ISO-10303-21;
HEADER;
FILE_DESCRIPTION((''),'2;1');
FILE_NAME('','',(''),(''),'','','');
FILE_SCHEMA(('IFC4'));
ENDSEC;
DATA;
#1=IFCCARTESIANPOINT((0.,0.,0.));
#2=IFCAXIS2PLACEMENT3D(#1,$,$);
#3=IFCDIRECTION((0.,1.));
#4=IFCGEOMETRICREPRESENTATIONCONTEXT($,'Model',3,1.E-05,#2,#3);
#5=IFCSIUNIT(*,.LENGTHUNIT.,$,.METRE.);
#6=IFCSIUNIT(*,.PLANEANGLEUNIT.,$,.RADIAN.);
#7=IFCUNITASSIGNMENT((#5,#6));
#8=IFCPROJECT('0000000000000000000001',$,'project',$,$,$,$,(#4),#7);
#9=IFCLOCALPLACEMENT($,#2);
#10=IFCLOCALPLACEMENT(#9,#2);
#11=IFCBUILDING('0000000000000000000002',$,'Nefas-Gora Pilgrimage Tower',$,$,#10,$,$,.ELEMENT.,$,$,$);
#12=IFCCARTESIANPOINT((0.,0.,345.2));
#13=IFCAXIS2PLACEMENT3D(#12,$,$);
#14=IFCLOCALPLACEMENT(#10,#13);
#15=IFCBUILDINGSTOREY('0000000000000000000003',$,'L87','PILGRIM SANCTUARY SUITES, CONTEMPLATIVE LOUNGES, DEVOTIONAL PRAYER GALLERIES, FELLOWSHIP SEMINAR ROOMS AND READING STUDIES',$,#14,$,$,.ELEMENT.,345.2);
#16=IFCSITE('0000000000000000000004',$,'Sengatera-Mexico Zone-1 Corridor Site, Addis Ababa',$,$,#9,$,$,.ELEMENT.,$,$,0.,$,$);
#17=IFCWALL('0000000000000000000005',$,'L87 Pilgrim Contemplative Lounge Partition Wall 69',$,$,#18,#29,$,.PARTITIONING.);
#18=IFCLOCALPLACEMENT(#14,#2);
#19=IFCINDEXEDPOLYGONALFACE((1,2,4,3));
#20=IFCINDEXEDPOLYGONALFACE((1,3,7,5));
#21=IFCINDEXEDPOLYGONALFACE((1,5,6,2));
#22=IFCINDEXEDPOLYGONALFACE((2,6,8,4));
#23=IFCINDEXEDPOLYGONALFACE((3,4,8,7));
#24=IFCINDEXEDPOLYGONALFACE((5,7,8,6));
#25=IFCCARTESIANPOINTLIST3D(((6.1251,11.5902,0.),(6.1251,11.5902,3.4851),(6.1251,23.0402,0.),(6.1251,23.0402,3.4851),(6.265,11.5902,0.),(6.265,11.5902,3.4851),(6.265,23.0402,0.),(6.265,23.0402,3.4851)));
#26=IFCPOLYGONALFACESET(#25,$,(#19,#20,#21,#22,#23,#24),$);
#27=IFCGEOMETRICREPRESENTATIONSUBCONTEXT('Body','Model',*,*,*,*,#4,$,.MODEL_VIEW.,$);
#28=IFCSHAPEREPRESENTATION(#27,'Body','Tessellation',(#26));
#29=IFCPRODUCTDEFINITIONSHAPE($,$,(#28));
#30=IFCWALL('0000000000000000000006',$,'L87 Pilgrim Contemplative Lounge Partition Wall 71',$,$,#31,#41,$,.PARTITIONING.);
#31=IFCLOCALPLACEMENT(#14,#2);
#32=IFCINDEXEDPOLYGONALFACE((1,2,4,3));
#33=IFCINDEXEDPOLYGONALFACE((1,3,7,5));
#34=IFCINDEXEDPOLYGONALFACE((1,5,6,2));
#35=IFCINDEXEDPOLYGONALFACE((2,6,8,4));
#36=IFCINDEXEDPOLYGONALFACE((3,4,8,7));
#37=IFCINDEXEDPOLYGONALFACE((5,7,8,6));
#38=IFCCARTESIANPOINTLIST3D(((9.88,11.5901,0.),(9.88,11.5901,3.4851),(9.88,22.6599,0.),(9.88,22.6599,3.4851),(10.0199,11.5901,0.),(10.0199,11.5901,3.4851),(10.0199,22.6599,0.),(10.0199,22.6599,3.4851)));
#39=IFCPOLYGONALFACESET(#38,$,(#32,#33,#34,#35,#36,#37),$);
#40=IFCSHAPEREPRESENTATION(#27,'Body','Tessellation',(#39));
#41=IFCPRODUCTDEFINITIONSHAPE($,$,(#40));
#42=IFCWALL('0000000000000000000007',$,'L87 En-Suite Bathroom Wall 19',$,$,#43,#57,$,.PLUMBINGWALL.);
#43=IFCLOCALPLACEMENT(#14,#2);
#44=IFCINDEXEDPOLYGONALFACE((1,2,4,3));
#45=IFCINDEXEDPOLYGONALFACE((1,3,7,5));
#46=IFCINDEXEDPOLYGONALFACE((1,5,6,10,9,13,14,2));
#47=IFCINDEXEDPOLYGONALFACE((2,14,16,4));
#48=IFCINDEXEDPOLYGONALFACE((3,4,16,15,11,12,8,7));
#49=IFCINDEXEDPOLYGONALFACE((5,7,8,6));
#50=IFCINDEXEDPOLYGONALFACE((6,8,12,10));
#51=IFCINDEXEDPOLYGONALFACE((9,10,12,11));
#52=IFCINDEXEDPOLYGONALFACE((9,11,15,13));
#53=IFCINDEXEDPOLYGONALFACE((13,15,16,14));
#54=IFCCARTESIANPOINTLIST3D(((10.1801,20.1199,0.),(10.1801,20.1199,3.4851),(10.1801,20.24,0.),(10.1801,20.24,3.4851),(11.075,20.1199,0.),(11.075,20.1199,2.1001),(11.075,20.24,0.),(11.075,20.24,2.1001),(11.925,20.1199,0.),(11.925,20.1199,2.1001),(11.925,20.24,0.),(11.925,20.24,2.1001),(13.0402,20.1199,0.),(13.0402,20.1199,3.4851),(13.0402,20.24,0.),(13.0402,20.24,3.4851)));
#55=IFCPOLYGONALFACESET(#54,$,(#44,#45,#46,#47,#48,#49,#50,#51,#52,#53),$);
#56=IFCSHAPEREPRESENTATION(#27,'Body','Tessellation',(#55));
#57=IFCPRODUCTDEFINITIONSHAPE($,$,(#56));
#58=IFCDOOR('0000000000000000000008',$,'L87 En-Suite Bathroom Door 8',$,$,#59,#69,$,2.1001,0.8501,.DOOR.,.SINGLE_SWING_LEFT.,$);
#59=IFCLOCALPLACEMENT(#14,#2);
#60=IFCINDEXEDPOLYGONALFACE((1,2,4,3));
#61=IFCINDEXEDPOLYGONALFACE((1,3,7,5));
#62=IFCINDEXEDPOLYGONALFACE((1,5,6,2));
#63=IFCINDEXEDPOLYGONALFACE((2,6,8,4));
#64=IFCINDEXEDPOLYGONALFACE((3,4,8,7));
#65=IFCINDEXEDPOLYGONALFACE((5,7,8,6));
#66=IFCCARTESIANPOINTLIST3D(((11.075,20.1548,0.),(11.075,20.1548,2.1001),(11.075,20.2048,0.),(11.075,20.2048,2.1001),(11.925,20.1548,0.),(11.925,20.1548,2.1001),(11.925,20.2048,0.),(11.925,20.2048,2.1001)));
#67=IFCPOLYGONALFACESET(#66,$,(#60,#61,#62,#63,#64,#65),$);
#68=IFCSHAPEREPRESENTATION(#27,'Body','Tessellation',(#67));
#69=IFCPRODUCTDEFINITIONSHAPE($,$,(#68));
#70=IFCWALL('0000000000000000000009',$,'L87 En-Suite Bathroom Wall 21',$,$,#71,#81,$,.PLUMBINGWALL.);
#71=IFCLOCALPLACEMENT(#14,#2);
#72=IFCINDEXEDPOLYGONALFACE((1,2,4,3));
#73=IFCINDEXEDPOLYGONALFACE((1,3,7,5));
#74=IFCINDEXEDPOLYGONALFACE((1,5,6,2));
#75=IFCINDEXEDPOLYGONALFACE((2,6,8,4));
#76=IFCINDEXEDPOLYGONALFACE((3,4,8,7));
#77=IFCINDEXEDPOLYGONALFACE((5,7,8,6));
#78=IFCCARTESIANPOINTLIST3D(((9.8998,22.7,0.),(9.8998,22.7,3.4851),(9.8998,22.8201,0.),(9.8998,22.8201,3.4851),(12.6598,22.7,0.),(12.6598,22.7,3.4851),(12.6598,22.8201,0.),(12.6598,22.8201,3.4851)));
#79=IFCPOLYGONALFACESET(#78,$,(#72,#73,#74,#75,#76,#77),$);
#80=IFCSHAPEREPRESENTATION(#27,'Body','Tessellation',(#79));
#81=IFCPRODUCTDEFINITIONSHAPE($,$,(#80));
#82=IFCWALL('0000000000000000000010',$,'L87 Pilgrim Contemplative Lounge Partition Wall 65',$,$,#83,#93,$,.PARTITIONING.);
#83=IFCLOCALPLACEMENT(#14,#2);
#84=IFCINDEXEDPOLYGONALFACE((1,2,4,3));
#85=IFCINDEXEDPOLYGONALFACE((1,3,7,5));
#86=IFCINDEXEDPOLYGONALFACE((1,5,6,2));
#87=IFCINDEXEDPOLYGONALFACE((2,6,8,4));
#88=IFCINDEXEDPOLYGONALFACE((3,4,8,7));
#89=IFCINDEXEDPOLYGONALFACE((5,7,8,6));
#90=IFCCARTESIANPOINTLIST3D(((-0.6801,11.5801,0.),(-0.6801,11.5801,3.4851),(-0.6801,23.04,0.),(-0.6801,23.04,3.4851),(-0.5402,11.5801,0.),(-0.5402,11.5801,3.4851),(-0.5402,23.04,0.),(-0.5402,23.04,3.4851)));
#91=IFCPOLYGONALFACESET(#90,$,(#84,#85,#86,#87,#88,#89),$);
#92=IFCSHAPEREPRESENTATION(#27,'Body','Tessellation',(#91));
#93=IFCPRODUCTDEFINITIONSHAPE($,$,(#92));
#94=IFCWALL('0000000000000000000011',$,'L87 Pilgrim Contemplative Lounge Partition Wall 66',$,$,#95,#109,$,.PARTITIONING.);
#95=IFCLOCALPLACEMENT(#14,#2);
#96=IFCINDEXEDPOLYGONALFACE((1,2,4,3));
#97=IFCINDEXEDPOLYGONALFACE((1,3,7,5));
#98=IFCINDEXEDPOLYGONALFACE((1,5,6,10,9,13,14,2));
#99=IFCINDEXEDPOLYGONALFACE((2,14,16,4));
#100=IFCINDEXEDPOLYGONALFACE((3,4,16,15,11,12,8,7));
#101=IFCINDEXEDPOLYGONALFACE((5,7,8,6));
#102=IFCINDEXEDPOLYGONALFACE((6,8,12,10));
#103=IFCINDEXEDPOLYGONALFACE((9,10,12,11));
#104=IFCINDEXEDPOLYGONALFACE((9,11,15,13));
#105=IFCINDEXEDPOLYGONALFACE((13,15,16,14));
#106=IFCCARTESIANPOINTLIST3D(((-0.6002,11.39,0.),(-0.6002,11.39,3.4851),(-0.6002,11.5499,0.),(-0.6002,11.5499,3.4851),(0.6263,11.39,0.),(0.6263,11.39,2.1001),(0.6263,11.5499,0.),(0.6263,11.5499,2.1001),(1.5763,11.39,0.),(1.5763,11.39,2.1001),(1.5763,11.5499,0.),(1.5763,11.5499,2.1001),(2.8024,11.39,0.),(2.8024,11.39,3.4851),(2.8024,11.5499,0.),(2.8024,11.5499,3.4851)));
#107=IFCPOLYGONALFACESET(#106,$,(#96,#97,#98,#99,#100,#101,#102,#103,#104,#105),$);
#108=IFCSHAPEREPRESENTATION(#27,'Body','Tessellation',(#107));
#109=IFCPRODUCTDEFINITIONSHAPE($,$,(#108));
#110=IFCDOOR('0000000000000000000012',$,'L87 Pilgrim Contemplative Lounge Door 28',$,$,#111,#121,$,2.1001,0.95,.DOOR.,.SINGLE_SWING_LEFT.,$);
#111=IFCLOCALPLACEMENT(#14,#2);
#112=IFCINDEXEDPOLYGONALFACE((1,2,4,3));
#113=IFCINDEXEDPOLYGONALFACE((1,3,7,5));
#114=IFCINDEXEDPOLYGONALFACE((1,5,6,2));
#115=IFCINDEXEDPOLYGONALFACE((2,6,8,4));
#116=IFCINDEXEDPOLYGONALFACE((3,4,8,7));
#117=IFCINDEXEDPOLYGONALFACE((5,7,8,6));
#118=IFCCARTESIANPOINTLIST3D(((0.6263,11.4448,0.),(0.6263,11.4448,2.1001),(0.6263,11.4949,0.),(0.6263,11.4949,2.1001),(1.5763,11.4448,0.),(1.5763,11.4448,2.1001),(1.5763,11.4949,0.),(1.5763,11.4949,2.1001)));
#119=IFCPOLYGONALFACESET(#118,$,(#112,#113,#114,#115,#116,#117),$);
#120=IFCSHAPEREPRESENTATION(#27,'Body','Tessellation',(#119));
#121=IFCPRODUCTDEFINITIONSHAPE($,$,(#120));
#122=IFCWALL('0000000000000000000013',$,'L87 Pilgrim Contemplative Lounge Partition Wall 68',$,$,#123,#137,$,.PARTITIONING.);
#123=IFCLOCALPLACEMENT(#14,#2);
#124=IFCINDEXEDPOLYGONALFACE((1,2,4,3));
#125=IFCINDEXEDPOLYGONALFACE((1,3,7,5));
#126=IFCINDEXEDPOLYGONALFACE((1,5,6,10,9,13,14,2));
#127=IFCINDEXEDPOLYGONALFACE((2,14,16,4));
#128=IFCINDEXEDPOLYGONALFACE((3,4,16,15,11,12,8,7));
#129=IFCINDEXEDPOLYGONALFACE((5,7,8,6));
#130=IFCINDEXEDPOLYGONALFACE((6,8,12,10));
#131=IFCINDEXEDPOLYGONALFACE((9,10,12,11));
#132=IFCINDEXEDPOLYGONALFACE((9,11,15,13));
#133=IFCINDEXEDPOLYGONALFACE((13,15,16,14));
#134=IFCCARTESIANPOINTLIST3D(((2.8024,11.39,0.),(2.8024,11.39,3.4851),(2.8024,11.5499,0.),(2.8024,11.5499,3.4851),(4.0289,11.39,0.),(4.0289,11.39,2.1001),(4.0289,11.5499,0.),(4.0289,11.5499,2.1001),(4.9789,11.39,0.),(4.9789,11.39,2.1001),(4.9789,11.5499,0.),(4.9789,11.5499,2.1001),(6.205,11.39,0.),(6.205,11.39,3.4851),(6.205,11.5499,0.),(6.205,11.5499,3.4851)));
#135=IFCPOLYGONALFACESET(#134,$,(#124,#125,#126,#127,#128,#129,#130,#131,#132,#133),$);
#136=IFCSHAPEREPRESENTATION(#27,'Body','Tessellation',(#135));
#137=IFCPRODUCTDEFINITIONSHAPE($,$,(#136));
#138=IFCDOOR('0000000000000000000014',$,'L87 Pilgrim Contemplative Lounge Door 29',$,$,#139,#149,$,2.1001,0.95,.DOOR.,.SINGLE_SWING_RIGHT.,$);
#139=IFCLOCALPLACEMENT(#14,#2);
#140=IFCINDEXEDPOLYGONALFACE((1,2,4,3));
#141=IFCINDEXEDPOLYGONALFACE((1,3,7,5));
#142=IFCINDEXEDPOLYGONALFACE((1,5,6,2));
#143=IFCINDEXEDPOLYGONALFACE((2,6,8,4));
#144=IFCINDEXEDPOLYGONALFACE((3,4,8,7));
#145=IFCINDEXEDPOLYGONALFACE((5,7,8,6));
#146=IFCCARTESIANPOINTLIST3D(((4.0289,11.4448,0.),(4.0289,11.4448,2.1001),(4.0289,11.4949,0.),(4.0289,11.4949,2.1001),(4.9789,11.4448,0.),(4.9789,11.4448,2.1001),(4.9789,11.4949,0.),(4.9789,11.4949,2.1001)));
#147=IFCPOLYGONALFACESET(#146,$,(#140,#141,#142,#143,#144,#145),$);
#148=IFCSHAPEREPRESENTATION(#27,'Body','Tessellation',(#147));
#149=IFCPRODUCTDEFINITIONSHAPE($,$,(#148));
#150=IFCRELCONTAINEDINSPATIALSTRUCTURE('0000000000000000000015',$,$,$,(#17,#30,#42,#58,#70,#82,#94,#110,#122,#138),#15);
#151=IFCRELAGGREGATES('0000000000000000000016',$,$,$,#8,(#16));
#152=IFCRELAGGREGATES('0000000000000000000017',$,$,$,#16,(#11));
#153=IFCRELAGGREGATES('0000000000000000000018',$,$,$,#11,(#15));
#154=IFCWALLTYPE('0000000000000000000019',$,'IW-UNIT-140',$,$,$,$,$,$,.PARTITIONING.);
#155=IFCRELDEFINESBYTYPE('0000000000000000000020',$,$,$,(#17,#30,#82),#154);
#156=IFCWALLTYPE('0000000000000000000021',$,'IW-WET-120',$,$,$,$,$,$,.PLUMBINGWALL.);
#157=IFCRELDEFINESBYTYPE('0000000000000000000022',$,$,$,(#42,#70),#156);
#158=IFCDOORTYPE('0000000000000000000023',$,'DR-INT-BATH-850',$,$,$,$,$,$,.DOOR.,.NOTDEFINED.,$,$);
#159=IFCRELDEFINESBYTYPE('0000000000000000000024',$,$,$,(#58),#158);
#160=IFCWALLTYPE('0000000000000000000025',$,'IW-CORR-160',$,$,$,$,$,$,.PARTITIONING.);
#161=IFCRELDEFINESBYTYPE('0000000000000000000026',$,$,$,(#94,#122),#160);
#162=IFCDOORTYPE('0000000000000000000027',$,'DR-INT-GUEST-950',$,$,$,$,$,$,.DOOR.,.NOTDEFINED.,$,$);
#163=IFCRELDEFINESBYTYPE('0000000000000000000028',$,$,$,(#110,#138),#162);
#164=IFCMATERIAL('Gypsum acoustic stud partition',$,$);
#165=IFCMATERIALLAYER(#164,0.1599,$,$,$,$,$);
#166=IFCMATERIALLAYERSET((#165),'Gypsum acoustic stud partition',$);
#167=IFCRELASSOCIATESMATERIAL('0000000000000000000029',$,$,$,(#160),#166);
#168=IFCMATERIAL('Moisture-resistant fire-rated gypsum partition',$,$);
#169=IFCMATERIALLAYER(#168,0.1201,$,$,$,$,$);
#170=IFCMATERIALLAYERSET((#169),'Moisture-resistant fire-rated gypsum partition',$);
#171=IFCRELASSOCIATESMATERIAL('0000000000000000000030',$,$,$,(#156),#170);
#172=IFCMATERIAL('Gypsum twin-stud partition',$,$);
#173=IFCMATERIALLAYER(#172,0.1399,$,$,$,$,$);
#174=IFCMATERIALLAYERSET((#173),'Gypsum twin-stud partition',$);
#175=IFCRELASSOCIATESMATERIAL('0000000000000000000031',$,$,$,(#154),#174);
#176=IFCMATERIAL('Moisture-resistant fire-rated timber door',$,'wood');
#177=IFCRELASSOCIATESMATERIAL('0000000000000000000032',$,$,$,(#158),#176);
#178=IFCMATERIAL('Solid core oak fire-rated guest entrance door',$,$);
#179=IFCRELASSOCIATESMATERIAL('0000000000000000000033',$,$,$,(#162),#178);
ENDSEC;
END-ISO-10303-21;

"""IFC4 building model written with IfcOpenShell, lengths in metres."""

from ifc_helpers import new_model, si_unit, direction, frame, frame_2d, origin, place, context, subcontext, project, spatial, rectangle, extrude, source, transform, mapped, material, layer, layer_set, type_object, element, fill, save


model = new_model("IFC4")

# Units and contexts
model_context = context("Model", 3, precision=1e-05, world=origin(), true_north=direction((0.0, 1.0)))
body_context = subcontext(model_context, "Body", "Model", "MODEL_VIEW")
ifc_project = project(units=[si_unit("LENGTHUNIT", "METRE"), si_unit("PLANEANGLEUNIT", "RADIAN")], contexts=[model_context])

# Site, building, storey
site_placement = place(None, origin())
site = spatial("IfcSite", under=ifc_project, at=site_placement, Name="Sengatera-Mexico Zone-1 Corridor Site, Addis Ababa", CompositionType="ELEMENT", RefElevation=0.0)
building_placement = place(site_placement, origin())
building = spatial("IfcBuilding", under=site, at=building_placement, Name="Nefas-Gora Pilgrimage Tower", CompositionType="ELEMENT")
storey_placement = place(building_placement, frame((0.0, 0.0, 345.2)))
storey = spatial("IfcBuildingStorey", under=building, at=storey_placement, Name="L87", Description="PILGRIM SANCTUARY SUITES, CONTEMPLATIVE LOUNGES, DEVOTIONAL PRAYER GALLERIES, FELLOWSHIP SEMINAR ROOMS AND READING STUDIES", CompositionType="ELEMENT", Elevation=345.2)

# Shared definitions
ifc_material_1 = material(Name="Gypsum acoustic stud partition")
ifc_layer_1 = layer(ifc_material_1, 0.1599)
ifc_layer_set_1 = layer_set([ifc_layer_1], Name="Gypsum acoustic stud partition")
wall_type_1 = type_object("IfcWallType", Name="IW-CORR-160", PredefinedType="PARTITIONING", material=ifc_layer_set_1)

# Walls
ifc_material_2 = material(Name="Moisture-resistant fire-rated gypsum partition")
ifc_layer_2 = layer(ifc_material_2, 0.1201)
ifc_layer_set_2 = layer_set([ifc_layer_2], Name="Moisture-resistant fire-rated gypsum partition")
wall_type_2 = type_object("IfcWallType", Name="IW-WET-120", PredefinedType="PLUMBINGWALL", material=ifc_layer_set_2)
ifc_material_3 = material(Name="Gypsum twin-stud partition")
ifc_layer_3 = layer(ifc_material_3, 0.1399)
ifc_layer_set_3 = layer_set([ifc_layer_3], Name="Gypsum twin-stud partition")
wall_type_3 = type_object("IfcWallType", Name="IW-UNIT-140", PredefinedType="PARTITIONING", material=ifc_layer_set_3)
shared_shape_1 = source(origin(), body_context, "Body", "SweptSolid", [
    extrude(rectangle(XDim=11.45, YDim=0.1399, at=frame_2d((5.7251, 0.0))), origin(), (0.0, 0.0, 1.0), 3.4851),
])
for number, where, z_axis, x_axis, name in (
    (1, (6.1951, 11.5901, 0.0), (0.0, 0.0, 1.0), (0.0, 1.0, 0.0), "L87 Pilgrim Contemplative Lounge Partition Wall 69"),
):
    element("IfcWall", number, at=place(storey_placement, frame(where, z_axis=z_axis, x_axis=x_axis)), inside=storey, type_object=wall_type_3, Name=name, PredefinedType="PARTITIONING", context=body_context, shape_type="MappedRepresentation", body=[
        mapped(shared_shape_1, transform((0.0, 0.0, 0.0), x_axis=(1.0, 0.0, 0.0), y_axis=(0.0, 1.0, 0.0), z_axis=(0.0, 0.0, 1.0), scale=1.0)),
    ])
shared_shape_2 = source(origin(), body_context, "Body", "SweptSolid", [
    extrude(rectangle(XDim=11.0698, YDim=0.1399, at=frame_2d((5.5349, 0.0))), origin(), (0.0, 0.0, 1.0), 3.4851),
])
wall_1_placement = place(storey_placement, frame((9.95, 11.5901, 0.0), z_axis=(0.0, 0.0, 1.0), x_axis=(0.0, 1.0, 0.0)))
element("IfcWall", 2, at=wall_1_placement, inside=storey, type_object=wall_type_3, Name="L87 Pilgrim Contemplative Lounge Partition Wall 71", PredefinedType="PARTITIONING", context=body_context, shape_type="MappedRepresentation", body=[
    mapped(shared_shape_2, transform((0.0, 0.0, 0.0), x_axis=(1.0, 0.0, 0.0), y_axis=(0.0, 1.0, 0.0), z_axis=(0.0, 0.0, 1.0), scale=1.0)),
])

# Wall, opening, door
shared_shape_3 = source(origin(), body_context, "Body", "SweptSolid", [
    extrude(rectangle(XDim=2.8601, YDim=0.1201, at=frame_2d((1.4302, 0.0))), origin(), (0.0, 0.0, 1.0), 3.4851),
])
wall_2_placement = place(storey_placement, frame((10.1799, 20.1799, 0.0), z_axis=(0.0, 0.0, 1.0), x_axis=(1.0, 0.0, 0.0)))
wall_2 = element("IfcWall", 3, at=wall_2_placement, inside=storey, type_object=wall_type_2, Name="L87 En-Suite Bathroom Wall 19", PredefinedType="PLUMBINGWALL", context=body_context, shape_type="MappedRepresentation", body=[
    mapped(shared_shape_3, transform((0.0, 0.0, 0.0), x_axis=(1.0, 0.0, 0.0), y_axis=(0.0, 1.0, 0.0), z_axis=(0.0, 0.0, 1.0), scale=1.0)),
])
opening_1_placement = place(wall_2_placement, frame((0.895, 0.0, 0.0)))
opening_1 = element("IfcOpeningElement", 4, at=opening_1_placement, cuts=wall_2, PredefinedType="OPENING", context=body_context, shape_type="SweptSolid", body=[
    extrude(rectangle(XDim=0.8501, YDim=2.1001, at=frame_2d((0.425, 1.05))), frame((0.0, 0.0701, 0.0), z_axis=(0.0, -1.0, 0.0), x_axis=(1.0, 0.0, 0.0)), (0.0, 0.0, 1.0), 0.1401),
])
ifc_material_4 = material(Name="Moisture-resistant fire-rated timber door", Category="wood")
door_type_1 = type_object("IfcDoorType", Name="DR-INT-BATH-850", OperationType="NOTDEFINED", PredefinedType="DOOR", material=ifc_material_4)
shared_shape_4 = source(origin(), body_context, "Body", "SweptSolid", [
    extrude(rectangle(XDim=0.8501, YDim=2.1001, at=frame_2d((0.425, 1.05))), frame((0.0, 0.0249, 0.0), z_axis=(0.0, -1.0, 0.0), x_axis=(1.0, 0.0, 0.0)), (0.0, 0.0, 1.0), 0.05),
])
door_1_placement = place(opening_1_placement, origin())
door_1 = element("IfcDoor", 5, at=door_1_placement, inside=storey, type_object=door_type_1, Name="L87 En-Suite Bathroom Door 8", OperationType="SINGLE_SWING_LEFT", OverallHeight=2.1001, OverallWidth=0.8501, PredefinedType="DOOR", context=body_context, shape_type="MappedRepresentation", body=[
    mapped(shared_shape_4, transform((0.0, 0.0, 0.0), x_axis=(1.0, 0.0, 0.0), y_axis=(0.0, 1.0, 0.0), z_axis=(0.0, 0.0, 1.0), scale=1.0)),
])
fill(opening_1, door_1)

# Walls
shared_shape_5 = source(origin(), body_context, "Body", "SweptSolid", [
    extrude(rectangle(XDim=2.76, YDim=0.1201, at=frame_2d((1.3799, 0.0))), origin(), (0.0, 0.0, 1.0), 3.4851),
])
wall_3_placement = place(storey_placement, frame((9.8999, 22.76, 0.0), z_axis=(0.0, 0.0, 1.0), x_axis=(1.0, 0.0, 0.0)))
element("IfcWall", 6, at=wall_3_placement, inside=storey, type_object=wall_type_2, Name="L87 En-Suite Bathroom Wall 21", PredefinedType="PLUMBINGWALL", context=body_context, shape_type="MappedRepresentation", body=[
    mapped(shared_shape_5, transform((0.0, 0.0, 0.0), x_axis=(1.0, 0.0, 0.0), y_axis=(0.0, 1.0, 0.0), z_axis=(0.0, 0.0, 1.0), scale=1.0)),
])
shared_shape_6 = source(origin(), body_context, "Body", "SweptSolid", [
    extrude(rectangle(XDim=11.46, YDim=0.1399, at=frame_2d((5.73, 0.0))), origin(), (0.0, 0.0, 1.0), 3.4851),
])
wall_4_placement = place(storey_placement, frame((-0.6101, 11.5801, 0.0), z_axis=(0.0, 0.0, 1.0), x_axis=(0.0, 1.0, 0.0)))
element("IfcWall", 7, at=wall_4_placement, inside=storey, type_object=wall_type_3, Name="L87 Pilgrim Contemplative Lounge Partition Wall 65", PredefinedType="PARTITIONING", context=body_context, shape_type="MappedRepresentation", body=[
    mapped(shared_shape_6, transform((0.0, 0.0, 0.0), x_axis=(1.0, 0.0, 0.0), y_axis=(0.0, 1.0, 0.0), z_axis=(0.0, 0.0, 1.0), scale=1.0)),
])

# Walls, openings, doors
shared_shape_7 = source(origin(), body_context, "Body", "SweptSolid", [
    extrude(rectangle(XDim=3.4026, YDim=0.1599, at=frame_2d((1.7012, 0.0))), origin(), (0.0, 0.0, 1.0), 3.4851),
])
wall_5_placement = place(storey_placement, frame((-0.6001, 11.47, 0.0), z_axis=(0.0, 0.0, 1.0), x_axis=(1.0, 0.0, 0.0)))
wall_5 = element("IfcWall", 8, at=wall_5_placement, inside=storey, type_object=wall_type_1, Name="L87 Pilgrim Contemplative Lounge Partition Wall 66", PredefinedType="PARTITIONING", context=body_context, shape_type="MappedRepresentation", body=[
    mapped(shared_shape_7, transform((0.0, 0.0, 0.0), x_axis=(1.0, 0.0, 0.0), y_axis=(0.0, 1.0, 0.0), z_axis=(0.0, 0.0, 1.0), scale=1.0)),
])
opening_2_placement = place(wall_5_placement, frame((1.2263, 0.0, 0.0)))
opening_2 = element("IfcOpeningElement", 9, at=opening_2_placement, cuts=wall_5, PredefinedType="OPENING", context=body_context, shape_type="SweptSolid", body=[
    extrude(rectangle(XDim=0.95, YDim=2.1001, at=frame_2d((0.4751, 1.05))), frame((0.0, 0.0898, 0.0), z_axis=(0.0, -1.0, 0.0), x_axis=(1.0, 0.0, 0.0)), (0.0, 0.0, 1.0), 0.1799),
])
ifc_material_5 = material(Name="Solid core oak fire-rated guest entrance door")
door_type_2 = type_object("IfcDoorType", Name="DR-INT-GUEST-950", OperationType="NOTDEFINED", PredefinedType="DOOR", material=ifc_material_5)
shared_shape_8 = source(origin(), body_context, "Body", "SweptSolid", [
    extrude(rectangle(XDim=0.95, YDim=2.1001, at=frame_2d((0.4751, 1.05))), frame((0.0, 0.0249, 0.0), z_axis=(0.0, -1.0, 0.0), x_axis=(1.0, 0.0, 0.0)), (0.0, 0.0, 1.0), 0.05),
])
door_2_placement = place(opening_2_placement, origin())
door_2 = element("IfcDoor", 10, at=door_2_placement, inside=storey, type_object=door_type_2, Name="L87 Pilgrim Contemplative Lounge Door 28", OperationType="SINGLE_SWING_LEFT", OverallHeight=2.1001, OverallWidth=0.95, PredefinedType="DOOR", context=body_context, shape_type="MappedRepresentation", body=[
    mapped(shared_shape_8, transform((0.0, 0.0, 0.0), x_axis=(1.0, 0.0, 0.0), y_axis=(0.0, 1.0, 0.0), z_axis=(0.0, 0.0, 1.0), scale=1.0)),
])
fill(opening_2, door_2)
wall_6_placement = place(storey_placement, frame((2.8025, 11.47, 0.0), z_axis=(0.0, 0.0, 1.0), x_axis=(1.0, 0.0, 0.0)))
wall_6 = element("IfcWall", 11, at=wall_6_placement, inside=storey, type_object=wall_type_1, Name="L87 Pilgrim Contemplative Lounge Partition Wall 68", PredefinedType="PARTITIONING", context=body_context, shape_type="MappedRepresentation", body=[
    mapped(shared_shape_7, transform((0.0, 0.0, 0.0), x_axis=(1.0, 0.0, 0.0), y_axis=(0.0, 1.0, 0.0), z_axis=(0.0, 0.0, 1.0), scale=1.0)),
])
opening_3_placement = place(wall_6_placement, frame((1.2263, 0.0, 0.0)))
opening_3 = element("IfcOpeningElement", 12, at=opening_3_placement, cuts=wall_6, PredefinedType="OPENING", context=body_context, shape_type="SweptSolid", body=[
    extrude(rectangle(XDim=0.95, YDim=2.1001, at=frame_2d((0.4751, 1.05))), frame((0.0, 0.0898, 0.0), z_axis=(0.0, -1.0, 0.0), x_axis=(1.0, 0.0, 0.0)), (0.0, 0.0, 1.0), 0.1799),
])
door_3_placement = place(opening_3_placement, origin())
door_3 = element("IfcDoor", 13, at=door_3_placement, inside=storey, type_object=door_type_2, Name="L87 Pilgrim Contemplative Lounge Door 29", OperationType="SINGLE_SWING_RIGHT", OverallHeight=2.1001, OverallWidth=0.95, PredefinedType="DOOR", context=body_context, shape_type="MappedRepresentation", body=[
    mapped(shared_shape_8, transform((0.0, 0.0, 0.0), x_axis=(1.0, 0.0, 0.0), y_axis=(0.0, 1.0, 0.0), z_axis=(0.0, 0.0, 1.0), scale=1.0)),
])
fill(opening_3, door_3)

save(model, "model.ifc")
